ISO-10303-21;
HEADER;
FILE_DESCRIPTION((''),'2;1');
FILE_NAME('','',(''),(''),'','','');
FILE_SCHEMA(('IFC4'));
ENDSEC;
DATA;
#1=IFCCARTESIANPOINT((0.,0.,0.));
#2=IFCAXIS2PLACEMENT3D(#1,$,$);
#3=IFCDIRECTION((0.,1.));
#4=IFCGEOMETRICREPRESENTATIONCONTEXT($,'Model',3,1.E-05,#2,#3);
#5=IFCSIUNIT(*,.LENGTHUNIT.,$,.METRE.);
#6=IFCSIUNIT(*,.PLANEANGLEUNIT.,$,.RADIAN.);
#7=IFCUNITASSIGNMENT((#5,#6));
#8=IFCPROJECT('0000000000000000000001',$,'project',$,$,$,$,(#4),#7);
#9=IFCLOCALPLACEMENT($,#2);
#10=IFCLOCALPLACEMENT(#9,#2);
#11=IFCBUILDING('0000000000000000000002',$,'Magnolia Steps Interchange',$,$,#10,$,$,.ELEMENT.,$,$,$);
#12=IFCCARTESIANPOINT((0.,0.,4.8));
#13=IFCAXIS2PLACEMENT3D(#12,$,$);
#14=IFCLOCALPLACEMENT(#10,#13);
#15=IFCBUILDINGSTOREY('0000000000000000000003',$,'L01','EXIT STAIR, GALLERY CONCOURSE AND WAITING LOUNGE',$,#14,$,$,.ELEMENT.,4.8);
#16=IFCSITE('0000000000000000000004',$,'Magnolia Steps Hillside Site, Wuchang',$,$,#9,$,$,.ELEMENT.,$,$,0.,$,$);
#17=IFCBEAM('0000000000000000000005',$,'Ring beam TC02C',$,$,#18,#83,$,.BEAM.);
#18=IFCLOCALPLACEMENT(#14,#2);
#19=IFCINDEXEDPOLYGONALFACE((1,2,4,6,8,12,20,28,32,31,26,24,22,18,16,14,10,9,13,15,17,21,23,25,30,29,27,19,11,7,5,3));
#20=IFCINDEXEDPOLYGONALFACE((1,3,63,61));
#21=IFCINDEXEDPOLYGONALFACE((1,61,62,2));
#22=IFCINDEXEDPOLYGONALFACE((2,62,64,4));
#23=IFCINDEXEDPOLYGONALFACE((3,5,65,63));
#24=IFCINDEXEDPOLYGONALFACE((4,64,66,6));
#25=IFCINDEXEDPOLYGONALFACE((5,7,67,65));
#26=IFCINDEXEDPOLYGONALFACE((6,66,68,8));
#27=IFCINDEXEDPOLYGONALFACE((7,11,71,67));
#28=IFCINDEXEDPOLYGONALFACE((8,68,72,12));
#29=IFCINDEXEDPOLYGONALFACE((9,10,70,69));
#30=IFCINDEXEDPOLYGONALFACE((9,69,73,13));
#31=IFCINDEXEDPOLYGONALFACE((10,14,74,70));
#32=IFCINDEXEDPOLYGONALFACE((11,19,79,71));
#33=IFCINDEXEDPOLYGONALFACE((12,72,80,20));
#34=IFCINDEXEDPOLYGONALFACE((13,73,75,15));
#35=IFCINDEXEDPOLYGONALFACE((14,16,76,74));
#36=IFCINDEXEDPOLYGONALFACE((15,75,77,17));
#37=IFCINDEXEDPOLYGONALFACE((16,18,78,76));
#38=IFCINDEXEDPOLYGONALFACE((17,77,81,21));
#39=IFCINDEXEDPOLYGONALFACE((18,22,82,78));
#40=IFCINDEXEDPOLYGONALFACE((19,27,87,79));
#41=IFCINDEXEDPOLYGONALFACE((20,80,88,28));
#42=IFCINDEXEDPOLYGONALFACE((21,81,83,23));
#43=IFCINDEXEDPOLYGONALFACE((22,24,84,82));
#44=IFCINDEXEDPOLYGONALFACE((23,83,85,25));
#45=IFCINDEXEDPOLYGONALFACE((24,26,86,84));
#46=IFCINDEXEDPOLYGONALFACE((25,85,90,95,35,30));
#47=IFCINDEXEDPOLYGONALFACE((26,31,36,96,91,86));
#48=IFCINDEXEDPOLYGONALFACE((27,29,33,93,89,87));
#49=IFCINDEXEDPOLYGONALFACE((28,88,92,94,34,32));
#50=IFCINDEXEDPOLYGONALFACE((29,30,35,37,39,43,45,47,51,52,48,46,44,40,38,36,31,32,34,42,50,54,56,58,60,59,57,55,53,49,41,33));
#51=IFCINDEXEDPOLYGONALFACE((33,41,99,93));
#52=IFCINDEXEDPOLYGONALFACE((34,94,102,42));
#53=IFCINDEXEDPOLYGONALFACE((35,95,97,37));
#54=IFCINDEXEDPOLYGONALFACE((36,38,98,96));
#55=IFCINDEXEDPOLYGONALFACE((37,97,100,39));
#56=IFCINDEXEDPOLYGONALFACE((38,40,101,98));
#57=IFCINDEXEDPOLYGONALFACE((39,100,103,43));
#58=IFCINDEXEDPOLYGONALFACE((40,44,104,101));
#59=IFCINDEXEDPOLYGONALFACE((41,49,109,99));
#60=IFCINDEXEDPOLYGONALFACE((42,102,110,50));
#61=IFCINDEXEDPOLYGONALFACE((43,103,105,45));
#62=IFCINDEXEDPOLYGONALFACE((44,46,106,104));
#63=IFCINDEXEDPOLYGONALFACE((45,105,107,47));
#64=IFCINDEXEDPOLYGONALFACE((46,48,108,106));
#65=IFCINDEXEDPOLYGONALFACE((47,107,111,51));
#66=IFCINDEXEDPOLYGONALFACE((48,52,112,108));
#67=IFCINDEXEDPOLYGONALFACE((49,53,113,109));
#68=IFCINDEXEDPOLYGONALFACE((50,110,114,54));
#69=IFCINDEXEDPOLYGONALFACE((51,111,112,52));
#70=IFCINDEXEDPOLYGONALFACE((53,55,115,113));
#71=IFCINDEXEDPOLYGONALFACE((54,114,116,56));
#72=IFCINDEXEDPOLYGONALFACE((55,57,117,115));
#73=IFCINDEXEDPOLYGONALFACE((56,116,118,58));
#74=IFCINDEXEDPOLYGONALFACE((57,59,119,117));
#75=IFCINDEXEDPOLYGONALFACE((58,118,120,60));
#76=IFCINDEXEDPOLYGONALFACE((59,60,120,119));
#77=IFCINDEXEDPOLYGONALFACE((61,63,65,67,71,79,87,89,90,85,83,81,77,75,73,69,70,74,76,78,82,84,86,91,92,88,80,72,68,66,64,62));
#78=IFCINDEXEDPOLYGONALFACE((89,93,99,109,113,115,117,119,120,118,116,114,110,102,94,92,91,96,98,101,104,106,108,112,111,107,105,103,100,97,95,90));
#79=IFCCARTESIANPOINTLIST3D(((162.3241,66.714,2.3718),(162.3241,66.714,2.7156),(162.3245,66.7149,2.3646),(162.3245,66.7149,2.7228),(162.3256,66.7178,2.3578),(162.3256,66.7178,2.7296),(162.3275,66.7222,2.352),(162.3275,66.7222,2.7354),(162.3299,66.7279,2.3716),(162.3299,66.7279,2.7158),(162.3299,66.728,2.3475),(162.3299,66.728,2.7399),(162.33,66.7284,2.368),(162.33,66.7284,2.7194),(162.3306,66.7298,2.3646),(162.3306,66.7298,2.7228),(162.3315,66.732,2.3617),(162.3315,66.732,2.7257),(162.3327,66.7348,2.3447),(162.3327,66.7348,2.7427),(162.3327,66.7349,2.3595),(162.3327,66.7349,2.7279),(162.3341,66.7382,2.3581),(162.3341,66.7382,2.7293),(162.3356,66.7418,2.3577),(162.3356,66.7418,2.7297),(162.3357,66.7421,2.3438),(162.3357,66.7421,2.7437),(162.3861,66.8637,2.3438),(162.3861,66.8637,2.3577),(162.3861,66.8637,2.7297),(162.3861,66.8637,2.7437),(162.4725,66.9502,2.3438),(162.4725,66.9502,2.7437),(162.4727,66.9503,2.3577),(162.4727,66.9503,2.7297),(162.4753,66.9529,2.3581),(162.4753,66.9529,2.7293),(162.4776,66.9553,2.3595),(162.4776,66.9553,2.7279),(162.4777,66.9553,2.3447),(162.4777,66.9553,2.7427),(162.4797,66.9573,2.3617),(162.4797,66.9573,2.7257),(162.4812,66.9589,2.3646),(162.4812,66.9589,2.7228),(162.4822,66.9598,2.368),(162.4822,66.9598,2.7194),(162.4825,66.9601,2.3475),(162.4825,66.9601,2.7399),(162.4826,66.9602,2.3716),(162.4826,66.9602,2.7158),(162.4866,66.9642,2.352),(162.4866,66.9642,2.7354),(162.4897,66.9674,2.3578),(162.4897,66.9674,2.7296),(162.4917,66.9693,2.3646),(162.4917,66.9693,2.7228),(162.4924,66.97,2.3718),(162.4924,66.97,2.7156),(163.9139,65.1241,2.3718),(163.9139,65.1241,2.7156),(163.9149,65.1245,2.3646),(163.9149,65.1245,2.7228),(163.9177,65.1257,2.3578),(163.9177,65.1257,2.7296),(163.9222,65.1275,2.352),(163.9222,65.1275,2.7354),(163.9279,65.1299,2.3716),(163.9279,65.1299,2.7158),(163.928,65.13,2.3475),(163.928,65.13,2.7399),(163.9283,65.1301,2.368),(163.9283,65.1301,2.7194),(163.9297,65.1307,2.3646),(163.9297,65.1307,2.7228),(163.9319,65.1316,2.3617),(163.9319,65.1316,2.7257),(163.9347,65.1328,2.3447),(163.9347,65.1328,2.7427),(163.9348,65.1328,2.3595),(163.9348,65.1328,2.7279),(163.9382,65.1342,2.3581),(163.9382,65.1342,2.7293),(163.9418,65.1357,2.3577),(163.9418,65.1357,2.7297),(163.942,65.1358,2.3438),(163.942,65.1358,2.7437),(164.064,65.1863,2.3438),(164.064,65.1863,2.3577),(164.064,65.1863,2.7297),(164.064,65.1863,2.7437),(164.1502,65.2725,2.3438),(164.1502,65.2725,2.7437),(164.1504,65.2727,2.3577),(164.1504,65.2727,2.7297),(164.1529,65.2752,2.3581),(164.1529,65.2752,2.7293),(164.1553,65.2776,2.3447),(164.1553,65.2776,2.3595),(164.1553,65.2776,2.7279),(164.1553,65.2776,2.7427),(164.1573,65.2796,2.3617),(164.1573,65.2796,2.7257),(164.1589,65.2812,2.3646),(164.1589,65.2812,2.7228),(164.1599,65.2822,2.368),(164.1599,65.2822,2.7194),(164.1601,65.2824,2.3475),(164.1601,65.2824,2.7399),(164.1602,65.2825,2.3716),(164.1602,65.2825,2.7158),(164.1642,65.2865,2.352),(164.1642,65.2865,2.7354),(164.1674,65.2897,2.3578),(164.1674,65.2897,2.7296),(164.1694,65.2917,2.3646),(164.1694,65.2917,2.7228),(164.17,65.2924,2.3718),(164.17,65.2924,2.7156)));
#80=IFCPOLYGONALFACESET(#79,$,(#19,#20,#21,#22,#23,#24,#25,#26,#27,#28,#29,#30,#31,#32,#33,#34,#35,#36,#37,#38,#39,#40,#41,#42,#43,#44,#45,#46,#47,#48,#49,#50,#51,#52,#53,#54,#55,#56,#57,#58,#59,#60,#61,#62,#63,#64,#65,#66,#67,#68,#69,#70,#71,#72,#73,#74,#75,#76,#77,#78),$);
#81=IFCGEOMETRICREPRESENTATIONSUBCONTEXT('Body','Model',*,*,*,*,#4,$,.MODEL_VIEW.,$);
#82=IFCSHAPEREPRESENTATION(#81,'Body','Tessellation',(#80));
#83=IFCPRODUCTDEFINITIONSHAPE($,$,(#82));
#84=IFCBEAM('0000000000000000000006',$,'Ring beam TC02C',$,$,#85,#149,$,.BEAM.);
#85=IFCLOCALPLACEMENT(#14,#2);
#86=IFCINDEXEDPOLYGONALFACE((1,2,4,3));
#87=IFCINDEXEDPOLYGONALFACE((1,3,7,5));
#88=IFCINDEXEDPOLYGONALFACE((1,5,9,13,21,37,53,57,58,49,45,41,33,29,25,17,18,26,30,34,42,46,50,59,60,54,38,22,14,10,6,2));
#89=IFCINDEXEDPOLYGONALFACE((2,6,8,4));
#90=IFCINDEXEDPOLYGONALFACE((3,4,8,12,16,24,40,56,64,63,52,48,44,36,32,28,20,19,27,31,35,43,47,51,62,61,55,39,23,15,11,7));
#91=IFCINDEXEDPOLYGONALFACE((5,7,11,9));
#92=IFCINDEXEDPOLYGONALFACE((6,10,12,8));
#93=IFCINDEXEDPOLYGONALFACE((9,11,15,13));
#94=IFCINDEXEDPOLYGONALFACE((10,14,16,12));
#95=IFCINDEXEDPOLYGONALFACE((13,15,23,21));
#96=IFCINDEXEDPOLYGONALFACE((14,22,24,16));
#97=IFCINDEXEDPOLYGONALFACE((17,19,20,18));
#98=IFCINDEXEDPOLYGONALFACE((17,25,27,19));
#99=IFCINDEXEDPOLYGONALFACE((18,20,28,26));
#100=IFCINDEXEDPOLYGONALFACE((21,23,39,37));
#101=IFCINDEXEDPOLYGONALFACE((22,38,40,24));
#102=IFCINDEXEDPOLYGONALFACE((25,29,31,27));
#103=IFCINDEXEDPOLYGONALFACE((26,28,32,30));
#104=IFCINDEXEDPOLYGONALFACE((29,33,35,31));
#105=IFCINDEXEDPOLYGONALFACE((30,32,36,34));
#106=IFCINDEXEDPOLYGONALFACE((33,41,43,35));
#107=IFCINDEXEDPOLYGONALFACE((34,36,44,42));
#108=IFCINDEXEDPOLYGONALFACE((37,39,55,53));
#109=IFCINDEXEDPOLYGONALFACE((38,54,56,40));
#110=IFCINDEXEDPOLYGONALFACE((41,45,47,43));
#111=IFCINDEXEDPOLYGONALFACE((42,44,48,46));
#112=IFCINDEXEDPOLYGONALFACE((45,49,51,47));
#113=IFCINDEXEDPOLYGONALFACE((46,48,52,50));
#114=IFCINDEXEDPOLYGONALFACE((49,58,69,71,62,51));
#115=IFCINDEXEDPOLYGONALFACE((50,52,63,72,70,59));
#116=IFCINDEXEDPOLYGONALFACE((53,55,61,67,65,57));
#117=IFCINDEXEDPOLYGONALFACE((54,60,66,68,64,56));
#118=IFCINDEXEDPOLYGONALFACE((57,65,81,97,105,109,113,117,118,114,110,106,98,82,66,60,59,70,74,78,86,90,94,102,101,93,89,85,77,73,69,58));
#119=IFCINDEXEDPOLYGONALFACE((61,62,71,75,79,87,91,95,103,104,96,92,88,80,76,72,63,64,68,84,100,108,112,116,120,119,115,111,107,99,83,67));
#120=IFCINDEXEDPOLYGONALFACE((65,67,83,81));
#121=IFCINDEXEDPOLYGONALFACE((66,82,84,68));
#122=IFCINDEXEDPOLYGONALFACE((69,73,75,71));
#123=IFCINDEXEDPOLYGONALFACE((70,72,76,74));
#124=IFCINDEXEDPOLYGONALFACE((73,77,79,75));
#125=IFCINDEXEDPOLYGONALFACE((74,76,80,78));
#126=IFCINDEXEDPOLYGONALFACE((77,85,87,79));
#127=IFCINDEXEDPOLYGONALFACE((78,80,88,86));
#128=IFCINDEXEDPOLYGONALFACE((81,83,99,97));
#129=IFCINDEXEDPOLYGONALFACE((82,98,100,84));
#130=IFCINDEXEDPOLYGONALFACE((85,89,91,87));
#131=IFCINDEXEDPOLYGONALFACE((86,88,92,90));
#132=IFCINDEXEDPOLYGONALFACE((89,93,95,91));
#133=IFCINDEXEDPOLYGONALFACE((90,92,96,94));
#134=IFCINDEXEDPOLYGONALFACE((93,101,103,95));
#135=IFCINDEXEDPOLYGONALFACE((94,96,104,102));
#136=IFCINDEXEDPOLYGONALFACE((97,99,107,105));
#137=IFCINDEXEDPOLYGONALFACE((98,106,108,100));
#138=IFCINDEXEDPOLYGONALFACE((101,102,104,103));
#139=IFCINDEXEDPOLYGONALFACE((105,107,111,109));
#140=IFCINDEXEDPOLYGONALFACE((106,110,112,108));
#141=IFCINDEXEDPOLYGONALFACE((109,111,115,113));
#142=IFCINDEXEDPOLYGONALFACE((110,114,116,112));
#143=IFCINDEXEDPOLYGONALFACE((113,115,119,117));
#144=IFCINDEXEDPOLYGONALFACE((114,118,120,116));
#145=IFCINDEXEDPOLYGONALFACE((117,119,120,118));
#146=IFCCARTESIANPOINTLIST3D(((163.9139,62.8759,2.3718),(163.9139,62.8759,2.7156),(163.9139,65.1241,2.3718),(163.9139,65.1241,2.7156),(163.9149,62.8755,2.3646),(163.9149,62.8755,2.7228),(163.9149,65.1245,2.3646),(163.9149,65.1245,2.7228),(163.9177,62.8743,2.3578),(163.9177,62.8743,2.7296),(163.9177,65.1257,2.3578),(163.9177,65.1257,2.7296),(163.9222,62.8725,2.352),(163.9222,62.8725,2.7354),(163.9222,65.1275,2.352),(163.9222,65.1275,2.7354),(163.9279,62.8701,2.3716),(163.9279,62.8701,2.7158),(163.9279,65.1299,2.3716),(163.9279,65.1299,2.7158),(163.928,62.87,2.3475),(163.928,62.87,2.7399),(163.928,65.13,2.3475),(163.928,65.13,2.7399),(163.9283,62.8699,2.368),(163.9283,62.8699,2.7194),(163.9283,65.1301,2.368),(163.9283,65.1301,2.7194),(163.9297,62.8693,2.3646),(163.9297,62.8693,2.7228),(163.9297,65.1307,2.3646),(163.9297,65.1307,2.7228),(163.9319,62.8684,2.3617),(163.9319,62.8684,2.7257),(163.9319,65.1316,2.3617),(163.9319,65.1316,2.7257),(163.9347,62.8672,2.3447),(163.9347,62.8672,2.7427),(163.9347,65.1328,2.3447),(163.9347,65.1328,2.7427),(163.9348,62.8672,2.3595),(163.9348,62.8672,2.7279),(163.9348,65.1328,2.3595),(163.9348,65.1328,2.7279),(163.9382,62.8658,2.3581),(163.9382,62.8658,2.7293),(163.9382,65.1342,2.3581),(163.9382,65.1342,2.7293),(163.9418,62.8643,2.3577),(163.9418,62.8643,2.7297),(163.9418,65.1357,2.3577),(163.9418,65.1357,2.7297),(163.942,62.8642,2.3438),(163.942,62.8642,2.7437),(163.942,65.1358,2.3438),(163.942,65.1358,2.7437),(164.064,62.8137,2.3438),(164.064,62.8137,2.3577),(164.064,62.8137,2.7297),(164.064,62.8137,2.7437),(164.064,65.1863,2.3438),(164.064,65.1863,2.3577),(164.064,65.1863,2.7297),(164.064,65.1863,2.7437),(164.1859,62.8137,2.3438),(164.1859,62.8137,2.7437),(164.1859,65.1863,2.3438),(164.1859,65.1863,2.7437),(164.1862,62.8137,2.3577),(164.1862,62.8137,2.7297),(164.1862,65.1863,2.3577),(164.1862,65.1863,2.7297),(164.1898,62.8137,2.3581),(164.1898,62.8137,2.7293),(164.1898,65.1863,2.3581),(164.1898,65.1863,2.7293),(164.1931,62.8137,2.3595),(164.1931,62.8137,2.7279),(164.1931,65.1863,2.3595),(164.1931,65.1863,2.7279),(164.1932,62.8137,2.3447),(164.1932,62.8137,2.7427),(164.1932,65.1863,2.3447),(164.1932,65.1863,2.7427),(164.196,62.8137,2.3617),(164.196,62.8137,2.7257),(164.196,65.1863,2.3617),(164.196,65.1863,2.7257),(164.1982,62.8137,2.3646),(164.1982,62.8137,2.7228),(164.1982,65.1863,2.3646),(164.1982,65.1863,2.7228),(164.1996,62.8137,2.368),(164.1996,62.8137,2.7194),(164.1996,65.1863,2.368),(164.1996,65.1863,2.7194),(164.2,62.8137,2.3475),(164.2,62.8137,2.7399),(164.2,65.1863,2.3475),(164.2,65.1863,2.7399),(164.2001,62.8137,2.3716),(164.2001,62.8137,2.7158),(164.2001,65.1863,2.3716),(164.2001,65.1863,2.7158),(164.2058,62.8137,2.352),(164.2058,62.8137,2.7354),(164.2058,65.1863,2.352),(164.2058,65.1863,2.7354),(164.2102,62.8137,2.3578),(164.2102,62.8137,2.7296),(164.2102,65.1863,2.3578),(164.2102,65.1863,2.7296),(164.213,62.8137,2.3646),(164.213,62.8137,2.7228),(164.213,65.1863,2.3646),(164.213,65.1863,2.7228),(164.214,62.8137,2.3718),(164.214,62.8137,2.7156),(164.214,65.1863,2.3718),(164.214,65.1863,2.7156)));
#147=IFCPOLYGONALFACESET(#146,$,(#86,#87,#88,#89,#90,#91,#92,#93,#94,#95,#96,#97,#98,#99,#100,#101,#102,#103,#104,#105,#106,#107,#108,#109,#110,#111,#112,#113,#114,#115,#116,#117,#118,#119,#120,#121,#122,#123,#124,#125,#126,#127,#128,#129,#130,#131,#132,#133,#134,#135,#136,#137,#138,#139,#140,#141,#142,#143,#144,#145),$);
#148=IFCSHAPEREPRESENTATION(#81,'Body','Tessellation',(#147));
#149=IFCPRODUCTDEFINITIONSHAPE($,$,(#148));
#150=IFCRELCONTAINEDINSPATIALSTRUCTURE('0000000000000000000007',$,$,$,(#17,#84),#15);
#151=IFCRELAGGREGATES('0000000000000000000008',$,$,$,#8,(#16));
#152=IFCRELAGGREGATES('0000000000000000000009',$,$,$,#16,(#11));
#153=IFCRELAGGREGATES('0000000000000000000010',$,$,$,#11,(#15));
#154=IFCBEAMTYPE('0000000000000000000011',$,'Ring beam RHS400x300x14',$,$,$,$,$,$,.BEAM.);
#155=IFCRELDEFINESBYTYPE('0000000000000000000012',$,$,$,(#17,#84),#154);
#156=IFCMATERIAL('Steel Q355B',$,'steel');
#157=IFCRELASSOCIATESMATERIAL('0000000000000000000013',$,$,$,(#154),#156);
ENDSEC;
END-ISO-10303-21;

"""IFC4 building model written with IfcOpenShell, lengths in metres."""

from ifc_helpers import new_model, si_unit, direction, frame, origin, origin_2d, place, context, subcontext, project, spatial, hollow_rectangle, extrude, clip, halfspace, material, material_profile, profile_set, type_object, element, save


model = new_model("IFC4")

# Units and contexts
model_context = context("Model", 3, precision=1e-05, world=origin(), true_north=direction((0.0, 1.0)))
body_context = subcontext(model_context, "Body", "Model", "MODEL_VIEW")
ifc_project = project(units=[si_unit("LENGTHUNIT", "METRE"), si_unit("PLANEANGLEUNIT", "RADIAN")], contexts=[model_context])

# Site, building, storey
site_placement = place(None, origin())
site = spatial("IfcSite", under=ifc_project, at=site_placement, Name="Magnolia Steps Hillside Site, Wuchang", CompositionType="ELEMENT", RefElevation=0.0)
building_placement = place(site_placement, origin())
building = spatial("IfcBuilding", under=site, at=building_placement, Name="Magnolia Steps Interchange", CompositionType="ELEMENT")
storey_placement = place(building_placement, frame((0.0, 0.0, 4.8)))
storey = spatial("IfcBuildingStorey", under=building, at=storey_placement, Name="L01", Description="EXIT STAIR, GALLERY CONCOURSE AND WAITING LOUNGE", CompositionType="ELEMENT", Elevation=4.8)

# Beams
ifc_material_1 = material(Name="Steel Q355B", Category="steel")
ifc_material_profile_1 = material_profile(ifc_material_1, hollow_rectangle(XDim=0.3, YDim=0.3999, WallThickness=0.0139, InnerFilletRadius=0.0139, OuterFilletRadius=0.0281, at=origin_2d()), Name="RHS400x300x14")
ifc_profile_set_1 = profile_set([ifc_material_profile_1], Name="Steel Q355B")
beam_type_1 = type_object("IfcBeamType", Name="Ring beam RHS400x300x14", PredefinedType="BEAM", material=ifc_profile_set_1)
beam_1_placement = place(storey_placement, frame((164.064, 65.1863, 2.5437), z_axis=(-0.707107, 0.707107, 0.0), x_axis=(-0.707107, -0.707107, 0.0)))
element("IfcBeam", 1, at=beam_1_placement, inside=storey, type_object=beam_type_1, Name="Ring beam TC02C", PredefinedType="BEAM", context=body_context, shape_type="Clipping", body=[
    clip(clip(extrude(hollow_rectangle(XDim=0.3, YDim=0.3999, WallThickness=0.0139, InnerFilletRadius=0.0139, OuterFilletRadius=0.0281, at=origin_2d()), origin(), (0.0, 0.0, 1.0), 2.3726), halfspace(frame((0.0, 0.0, 0.0), z_axis=(0.382683, 0.0, -0.92388), x_axis=(0.92388, 0.0, 0.382683)), False)), halfspace(frame((0.0, 0.0, 2.3727), z_axis=(0.382683, 0.0, 0.92388), x_axis=(0.92388, 0.0, -0.382683)), False)),
])
beam_2_placement = place(storey_placement, frame((164.064, 62.8137, 2.5437), z_axis=(0.0, 1.0, 0.0), x_axis=(-1.0, 0.0, 0.0)))
element("IfcBeam", 2, at=beam_2_placement, inside=storey, type_object=beam_type_1, Name="Ring beam TC02C", PredefinedType="BEAM", context=body_context, shape_type="Clipping", body=[
    clip(clip(extrude(hollow_rectangle(XDim=0.3, YDim=0.3999, WallThickness=0.0139, InnerFilletRadius=0.0139, OuterFilletRadius=0.0281, at=origin_2d()), origin(), (0.0, 0.0, 1.0), 2.3726), halfspace(frame((0.0, 0.0, 0.0), z_axis=(0.382683, 0.0, -0.92388), x_axis=(0.92388, 0.0, 0.382683)), False)), halfspace(frame((0.0, 0.0, 2.3726), z_axis=(0.382683, 0.0, 0.92388), x_axis=(0.92388, 0.0, -0.382683)), False)),
])

save(model, "model.ifc")
